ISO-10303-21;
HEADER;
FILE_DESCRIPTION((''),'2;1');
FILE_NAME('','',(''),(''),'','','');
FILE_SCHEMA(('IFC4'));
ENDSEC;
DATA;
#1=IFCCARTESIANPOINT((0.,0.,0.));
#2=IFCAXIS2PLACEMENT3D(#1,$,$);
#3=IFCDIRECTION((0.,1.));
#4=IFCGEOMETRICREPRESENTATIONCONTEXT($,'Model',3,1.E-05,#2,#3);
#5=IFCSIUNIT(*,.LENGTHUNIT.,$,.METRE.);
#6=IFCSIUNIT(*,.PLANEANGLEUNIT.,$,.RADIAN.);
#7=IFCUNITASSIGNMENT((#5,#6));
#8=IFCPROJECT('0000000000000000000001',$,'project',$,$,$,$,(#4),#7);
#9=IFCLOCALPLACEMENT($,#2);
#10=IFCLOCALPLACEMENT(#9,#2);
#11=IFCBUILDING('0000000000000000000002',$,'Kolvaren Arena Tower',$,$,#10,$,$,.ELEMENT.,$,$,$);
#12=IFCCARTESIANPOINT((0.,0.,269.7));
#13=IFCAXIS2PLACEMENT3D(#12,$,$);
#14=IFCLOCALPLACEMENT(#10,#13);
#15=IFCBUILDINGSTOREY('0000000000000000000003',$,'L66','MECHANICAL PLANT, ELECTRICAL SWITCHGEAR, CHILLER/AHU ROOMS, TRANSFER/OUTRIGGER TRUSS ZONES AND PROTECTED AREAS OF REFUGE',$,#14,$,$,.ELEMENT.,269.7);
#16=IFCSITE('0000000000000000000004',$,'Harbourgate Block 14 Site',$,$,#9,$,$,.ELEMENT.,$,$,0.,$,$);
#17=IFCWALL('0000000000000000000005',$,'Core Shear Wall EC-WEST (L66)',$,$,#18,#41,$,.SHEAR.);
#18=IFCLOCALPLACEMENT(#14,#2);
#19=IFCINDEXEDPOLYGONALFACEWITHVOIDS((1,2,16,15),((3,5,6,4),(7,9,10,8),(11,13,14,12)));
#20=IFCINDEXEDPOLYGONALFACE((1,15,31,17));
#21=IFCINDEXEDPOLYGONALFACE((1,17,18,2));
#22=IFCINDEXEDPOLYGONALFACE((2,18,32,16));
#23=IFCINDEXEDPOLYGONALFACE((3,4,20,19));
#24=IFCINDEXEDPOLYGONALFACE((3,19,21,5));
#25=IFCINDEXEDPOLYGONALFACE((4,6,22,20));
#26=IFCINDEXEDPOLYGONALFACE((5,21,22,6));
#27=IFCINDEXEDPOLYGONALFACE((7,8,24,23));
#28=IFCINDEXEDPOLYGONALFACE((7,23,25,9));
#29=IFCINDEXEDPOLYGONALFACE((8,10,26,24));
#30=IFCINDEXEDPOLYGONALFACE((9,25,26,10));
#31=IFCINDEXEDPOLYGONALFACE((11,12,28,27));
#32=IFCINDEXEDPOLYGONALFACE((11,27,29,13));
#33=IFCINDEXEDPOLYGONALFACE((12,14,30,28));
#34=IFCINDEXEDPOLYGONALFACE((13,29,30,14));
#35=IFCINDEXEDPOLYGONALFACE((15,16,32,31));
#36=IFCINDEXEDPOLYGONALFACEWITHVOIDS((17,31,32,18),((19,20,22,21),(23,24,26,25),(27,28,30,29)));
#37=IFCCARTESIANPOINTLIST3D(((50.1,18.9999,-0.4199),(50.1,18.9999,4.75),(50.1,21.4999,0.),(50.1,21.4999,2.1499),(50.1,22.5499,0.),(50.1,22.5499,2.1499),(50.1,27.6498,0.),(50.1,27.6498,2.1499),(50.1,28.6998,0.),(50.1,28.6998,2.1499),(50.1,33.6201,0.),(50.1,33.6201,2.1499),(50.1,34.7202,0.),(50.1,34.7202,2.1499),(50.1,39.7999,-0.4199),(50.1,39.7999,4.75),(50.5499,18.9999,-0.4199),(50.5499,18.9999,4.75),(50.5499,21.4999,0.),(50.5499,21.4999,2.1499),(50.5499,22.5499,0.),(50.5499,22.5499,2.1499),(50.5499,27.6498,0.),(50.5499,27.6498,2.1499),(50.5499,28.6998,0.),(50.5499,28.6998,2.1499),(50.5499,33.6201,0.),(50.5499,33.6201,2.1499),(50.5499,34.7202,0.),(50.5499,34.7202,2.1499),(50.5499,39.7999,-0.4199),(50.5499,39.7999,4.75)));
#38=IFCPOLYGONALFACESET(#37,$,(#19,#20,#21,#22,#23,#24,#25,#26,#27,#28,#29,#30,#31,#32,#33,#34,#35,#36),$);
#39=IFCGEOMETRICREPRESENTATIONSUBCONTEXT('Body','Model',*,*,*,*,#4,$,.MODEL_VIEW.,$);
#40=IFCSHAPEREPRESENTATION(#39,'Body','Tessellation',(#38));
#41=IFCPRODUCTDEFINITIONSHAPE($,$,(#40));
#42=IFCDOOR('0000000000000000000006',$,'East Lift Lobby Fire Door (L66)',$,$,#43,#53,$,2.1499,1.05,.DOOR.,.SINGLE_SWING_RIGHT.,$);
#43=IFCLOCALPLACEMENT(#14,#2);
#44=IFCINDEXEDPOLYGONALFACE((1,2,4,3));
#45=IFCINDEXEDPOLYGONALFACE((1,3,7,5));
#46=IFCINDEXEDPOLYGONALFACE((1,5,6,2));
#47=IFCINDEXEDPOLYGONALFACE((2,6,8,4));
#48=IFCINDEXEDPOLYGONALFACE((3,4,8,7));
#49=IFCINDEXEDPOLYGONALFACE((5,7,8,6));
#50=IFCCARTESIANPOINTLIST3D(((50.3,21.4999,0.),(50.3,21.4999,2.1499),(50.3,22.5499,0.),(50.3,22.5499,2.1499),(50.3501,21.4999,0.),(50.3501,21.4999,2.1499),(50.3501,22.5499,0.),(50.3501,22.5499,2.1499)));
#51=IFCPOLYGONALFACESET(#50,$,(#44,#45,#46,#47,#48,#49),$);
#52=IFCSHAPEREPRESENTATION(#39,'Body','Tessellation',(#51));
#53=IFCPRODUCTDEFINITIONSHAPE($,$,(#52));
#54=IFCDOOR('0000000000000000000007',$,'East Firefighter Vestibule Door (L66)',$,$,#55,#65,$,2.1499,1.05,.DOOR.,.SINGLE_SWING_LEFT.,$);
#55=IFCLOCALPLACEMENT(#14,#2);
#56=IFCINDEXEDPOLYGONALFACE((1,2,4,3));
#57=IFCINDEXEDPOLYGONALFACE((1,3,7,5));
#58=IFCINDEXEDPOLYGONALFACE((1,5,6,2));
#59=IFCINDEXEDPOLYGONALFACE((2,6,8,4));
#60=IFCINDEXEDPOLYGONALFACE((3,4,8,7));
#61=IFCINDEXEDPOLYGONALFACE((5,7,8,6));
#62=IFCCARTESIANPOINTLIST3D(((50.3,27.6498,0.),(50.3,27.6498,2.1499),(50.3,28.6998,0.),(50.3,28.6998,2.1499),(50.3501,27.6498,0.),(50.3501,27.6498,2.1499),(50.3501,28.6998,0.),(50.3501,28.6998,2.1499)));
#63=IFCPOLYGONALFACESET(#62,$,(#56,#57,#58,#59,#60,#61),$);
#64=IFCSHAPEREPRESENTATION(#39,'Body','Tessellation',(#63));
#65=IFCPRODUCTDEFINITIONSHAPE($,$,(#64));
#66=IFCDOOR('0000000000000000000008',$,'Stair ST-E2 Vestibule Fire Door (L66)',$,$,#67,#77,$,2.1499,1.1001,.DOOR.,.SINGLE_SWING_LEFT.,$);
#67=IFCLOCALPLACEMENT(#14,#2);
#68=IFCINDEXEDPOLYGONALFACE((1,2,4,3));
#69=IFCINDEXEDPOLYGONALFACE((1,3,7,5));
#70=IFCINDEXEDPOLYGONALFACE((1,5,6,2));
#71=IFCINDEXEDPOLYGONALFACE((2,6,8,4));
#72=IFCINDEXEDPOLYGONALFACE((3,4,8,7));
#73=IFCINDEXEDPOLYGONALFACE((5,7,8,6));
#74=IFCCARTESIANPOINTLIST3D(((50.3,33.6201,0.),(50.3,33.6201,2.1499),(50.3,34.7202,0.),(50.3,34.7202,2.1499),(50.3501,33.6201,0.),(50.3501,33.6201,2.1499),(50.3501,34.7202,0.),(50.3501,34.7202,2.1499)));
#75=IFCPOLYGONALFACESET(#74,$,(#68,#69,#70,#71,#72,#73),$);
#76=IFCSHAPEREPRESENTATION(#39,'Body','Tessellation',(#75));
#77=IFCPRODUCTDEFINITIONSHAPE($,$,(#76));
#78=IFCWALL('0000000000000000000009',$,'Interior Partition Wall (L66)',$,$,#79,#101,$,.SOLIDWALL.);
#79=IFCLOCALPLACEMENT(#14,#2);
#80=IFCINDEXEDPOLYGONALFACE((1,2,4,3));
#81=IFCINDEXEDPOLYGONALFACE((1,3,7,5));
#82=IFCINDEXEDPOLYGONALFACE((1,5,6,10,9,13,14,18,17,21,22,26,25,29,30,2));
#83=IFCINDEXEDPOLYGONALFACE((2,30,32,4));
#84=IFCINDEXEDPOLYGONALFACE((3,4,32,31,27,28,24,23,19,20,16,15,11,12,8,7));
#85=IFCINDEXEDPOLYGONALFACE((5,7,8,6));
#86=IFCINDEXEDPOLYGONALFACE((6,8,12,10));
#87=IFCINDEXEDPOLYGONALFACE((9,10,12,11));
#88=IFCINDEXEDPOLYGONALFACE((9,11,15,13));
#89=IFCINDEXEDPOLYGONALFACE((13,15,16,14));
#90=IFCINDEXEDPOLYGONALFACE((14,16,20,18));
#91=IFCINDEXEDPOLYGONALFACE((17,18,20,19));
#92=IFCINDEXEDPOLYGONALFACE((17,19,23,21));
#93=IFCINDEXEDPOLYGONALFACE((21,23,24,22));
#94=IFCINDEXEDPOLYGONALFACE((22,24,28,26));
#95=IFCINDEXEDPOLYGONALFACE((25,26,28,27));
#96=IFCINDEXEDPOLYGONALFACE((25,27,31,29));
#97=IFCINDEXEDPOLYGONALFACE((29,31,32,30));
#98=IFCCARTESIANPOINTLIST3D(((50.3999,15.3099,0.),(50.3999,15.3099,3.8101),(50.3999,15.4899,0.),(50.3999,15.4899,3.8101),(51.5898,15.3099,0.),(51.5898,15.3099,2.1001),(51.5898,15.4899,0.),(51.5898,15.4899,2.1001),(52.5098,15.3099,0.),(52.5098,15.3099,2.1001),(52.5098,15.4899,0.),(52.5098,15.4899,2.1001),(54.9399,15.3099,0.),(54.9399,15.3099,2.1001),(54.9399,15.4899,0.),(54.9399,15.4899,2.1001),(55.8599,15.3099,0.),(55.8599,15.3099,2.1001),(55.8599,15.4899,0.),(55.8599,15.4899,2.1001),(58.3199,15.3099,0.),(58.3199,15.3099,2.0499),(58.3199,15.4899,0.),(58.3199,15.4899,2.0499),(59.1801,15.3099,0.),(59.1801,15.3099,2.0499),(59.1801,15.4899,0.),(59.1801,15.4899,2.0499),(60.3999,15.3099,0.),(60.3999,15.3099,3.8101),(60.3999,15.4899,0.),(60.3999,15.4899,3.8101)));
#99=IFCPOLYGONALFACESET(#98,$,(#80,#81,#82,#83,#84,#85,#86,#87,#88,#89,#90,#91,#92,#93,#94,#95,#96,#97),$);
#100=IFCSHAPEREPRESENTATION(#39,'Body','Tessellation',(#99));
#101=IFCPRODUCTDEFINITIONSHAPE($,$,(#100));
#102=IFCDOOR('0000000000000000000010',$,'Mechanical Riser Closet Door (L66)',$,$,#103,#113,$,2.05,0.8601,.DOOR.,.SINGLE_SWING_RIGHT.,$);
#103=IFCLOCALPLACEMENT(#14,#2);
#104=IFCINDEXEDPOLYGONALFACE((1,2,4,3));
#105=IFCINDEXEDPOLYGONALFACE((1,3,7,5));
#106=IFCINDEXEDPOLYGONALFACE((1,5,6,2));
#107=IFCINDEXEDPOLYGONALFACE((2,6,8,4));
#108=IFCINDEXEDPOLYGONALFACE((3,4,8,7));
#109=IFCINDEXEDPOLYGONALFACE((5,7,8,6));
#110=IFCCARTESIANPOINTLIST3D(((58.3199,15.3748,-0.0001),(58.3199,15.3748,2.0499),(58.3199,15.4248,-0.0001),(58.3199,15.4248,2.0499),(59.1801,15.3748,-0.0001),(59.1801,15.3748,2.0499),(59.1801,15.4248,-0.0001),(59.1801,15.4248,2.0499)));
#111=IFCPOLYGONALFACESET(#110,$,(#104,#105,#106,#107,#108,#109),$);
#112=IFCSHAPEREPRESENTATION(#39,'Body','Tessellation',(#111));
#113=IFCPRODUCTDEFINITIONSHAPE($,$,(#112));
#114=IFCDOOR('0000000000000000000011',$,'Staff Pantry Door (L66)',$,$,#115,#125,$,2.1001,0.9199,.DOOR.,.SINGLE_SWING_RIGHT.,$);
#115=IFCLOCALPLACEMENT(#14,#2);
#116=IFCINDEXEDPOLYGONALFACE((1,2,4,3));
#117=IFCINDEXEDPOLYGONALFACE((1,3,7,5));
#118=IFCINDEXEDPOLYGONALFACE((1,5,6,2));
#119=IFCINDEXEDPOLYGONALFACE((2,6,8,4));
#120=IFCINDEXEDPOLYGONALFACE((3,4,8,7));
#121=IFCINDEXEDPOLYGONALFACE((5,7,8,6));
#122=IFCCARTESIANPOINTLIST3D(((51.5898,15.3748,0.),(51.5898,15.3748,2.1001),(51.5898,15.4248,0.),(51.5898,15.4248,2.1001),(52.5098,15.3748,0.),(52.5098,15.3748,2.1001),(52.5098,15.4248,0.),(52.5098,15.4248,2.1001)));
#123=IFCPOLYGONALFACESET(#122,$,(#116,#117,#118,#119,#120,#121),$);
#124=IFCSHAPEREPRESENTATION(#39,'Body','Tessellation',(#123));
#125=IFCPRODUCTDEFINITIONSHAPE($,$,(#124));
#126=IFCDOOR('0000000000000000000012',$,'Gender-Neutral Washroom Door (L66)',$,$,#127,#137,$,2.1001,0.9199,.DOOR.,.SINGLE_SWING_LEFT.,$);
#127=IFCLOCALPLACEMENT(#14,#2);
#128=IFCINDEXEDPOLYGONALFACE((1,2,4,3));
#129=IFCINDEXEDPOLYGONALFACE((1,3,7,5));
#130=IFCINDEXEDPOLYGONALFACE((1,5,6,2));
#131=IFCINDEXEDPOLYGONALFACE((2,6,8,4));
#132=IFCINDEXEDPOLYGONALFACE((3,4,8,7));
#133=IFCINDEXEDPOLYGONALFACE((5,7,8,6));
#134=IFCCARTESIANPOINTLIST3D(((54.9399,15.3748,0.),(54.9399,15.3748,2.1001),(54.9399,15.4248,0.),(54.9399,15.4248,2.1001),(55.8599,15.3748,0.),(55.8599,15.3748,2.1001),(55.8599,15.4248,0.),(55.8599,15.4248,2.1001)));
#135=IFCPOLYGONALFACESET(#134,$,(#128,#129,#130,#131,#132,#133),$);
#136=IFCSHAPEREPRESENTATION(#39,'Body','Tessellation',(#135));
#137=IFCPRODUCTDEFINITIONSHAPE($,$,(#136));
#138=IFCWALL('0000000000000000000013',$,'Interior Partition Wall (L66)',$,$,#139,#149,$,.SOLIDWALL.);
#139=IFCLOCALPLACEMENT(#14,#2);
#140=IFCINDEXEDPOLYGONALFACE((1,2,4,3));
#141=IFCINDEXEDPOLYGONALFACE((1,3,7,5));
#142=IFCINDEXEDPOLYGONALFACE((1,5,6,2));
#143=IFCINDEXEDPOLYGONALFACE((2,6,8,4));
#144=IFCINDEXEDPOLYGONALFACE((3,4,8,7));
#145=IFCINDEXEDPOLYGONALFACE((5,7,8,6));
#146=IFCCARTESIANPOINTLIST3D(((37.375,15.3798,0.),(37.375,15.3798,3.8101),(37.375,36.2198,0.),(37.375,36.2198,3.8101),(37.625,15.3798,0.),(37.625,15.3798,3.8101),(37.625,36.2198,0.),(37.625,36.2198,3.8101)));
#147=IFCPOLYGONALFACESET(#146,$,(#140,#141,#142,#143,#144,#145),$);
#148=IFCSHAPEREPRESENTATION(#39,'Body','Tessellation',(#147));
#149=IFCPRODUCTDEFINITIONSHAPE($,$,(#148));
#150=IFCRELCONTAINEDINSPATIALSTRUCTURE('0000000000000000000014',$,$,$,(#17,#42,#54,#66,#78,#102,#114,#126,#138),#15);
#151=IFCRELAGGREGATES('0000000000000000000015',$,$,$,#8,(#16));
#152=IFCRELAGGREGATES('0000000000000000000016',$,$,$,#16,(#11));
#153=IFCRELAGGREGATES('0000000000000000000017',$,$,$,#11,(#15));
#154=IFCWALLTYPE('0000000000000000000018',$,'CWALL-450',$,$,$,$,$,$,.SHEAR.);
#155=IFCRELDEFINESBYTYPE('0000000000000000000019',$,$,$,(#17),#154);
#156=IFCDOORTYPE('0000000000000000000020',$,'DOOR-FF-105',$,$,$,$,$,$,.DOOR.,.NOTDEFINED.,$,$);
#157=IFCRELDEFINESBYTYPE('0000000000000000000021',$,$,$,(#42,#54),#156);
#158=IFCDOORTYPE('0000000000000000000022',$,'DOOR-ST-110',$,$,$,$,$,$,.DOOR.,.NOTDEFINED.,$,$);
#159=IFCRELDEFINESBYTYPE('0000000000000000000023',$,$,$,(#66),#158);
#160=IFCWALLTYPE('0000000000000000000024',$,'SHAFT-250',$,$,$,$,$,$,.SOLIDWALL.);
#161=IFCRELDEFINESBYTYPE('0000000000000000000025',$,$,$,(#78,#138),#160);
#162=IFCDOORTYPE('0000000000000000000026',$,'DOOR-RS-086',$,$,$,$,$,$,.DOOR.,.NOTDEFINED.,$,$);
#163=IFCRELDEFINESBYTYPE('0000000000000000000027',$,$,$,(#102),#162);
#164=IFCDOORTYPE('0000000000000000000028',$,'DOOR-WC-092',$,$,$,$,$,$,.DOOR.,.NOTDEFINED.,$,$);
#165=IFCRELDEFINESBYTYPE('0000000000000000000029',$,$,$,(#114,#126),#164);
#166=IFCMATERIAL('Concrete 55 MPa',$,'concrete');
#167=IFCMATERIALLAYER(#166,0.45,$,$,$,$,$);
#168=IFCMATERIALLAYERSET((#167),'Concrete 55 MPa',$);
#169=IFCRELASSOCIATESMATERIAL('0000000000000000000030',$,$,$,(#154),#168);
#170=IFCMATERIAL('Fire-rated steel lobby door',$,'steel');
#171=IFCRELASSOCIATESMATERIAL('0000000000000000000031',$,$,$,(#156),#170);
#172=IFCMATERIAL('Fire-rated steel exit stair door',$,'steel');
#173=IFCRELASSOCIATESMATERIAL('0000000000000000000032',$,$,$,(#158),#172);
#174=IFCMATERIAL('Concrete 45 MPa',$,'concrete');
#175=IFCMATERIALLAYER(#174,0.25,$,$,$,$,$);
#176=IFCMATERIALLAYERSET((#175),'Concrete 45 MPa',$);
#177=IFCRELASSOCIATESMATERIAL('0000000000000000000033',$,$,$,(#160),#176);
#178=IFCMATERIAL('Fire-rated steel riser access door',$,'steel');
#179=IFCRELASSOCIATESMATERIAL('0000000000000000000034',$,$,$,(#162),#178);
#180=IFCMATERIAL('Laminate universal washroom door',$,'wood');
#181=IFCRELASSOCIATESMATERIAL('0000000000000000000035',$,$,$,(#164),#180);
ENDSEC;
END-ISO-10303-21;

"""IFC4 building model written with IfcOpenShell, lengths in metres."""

from ifc_helpers import new_model, si_unit, direction, frame, frame_2d, origin, place, context, subcontext, project, spatial, rectangle, extrude, material, layer, layer_set, type_object, element, fill, save


model = new_model("IFC4")

# Units and contexts
model_context = context("Model", 3, precision=1e-05, world=origin(), true_north=direction((0.0, 1.0)))
body_context = subcontext(model_context, "Body", "Model", "MODEL_VIEW")
ifc_project = project(units=[si_unit("LENGTHUNIT", "METRE"), si_unit("PLANEANGLEUNIT", "RADIAN")], contexts=[model_context])

# Site, building, storey
site_placement = place(None, origin())
site = spatial("IfcSite", under=ifc_project, at=site_placement, Name="Harbourgate Block 14 Site", CompositionType="ELEMENT", RefElevation=0.0)
building_placement = place(site_placement, origin())
building = spatial("IfcBuilding", under=site, at=building_placement, Name="Kolvaren Arena Tower", CompositionType="ELEMENT")
storey_placement = place(building_placement, frame((0.0, 0.0, 269.7)))
storey = spatial("IfcBuildingStorey", under=building, at=storey_placement, Name="L66", Description="MECHANICAL PLANT, ELECTRICAL SWITCHGEAR, CHILLER/AHU ROOMS, TRANSFER/OUTRIGGER TRUSS ZONES AND PROTECTED AREAS OF REFUGE", CompositionType="ELEMENT", Elevation=269.7)

# Walls, openings, doors
ifc_material_1 = material(Name="Concrete 55 MPa", Category="concrete")
ifc_layer_1 = layer(ifc_material_1, 0.45)
ifc_layer_set_1 = layer_set([ifc_layer_1], Name="Concrete 55 MPa")
wall_type_1 = type_object("IfcWallType", Name="CWALL-450", PredefinedType="SHEAR", material=ifc_layer_set_1)
wall_1_placement = place(storey_placement, frame((50.325, 19.0, -0.4199), z_axis=(0.0, 0.0, 1.0), x_axis=(0.0, 1.0, 0.0)))
wall_1 = element("IfcWall", 1, at=wall_1_placement, inside=storey, type_object=wall_type_1, Name="Core Shear Wall EC-WEST (L66)", PredefinedType="SHEAR", context=body_context, shape_type="SweptSolid", body=[
    extrude(rectangle(XDim=20.8, YDim=0.45, at=frame_2d((10.3999, 0.0))), origin(), (0.0, 0.0, 1.0), 5.1699),
])
opening_1_placement = place(wall_1_placement, frame((2.5, 0.0, 0.4199)))
opening_1 = element("IfcOpeningElement", 2, at=opening_1_placement, cuts=wall_1, PredefinedType="OPENING", context=body_context, shape_type="SweptSolid", body=[
    extrude(rectangle(XDim=1.05, YDim=2.1499, at=frame_2d((0.5249, 1.075))), frame((0.0, 0.2349, 0.0), z_axis=(0.0, -1.0, 0.0), x_axis=(1.0, 0.0, 0.0)), (0.0, 0.0, 1.0), 0.47),
])
opening_2_placement = place(wall_1_placement, frame((8.6499, 0.0, 0.4199)))
opening_2 = element("IfcOpeningElement", 3, at=opening_2_placement, cuts=wall_1, PredefinedType="OPENING", context=body_context, shape_type="SweptSolid", body=[
    extrude(rectangle(XDim=1.05, YDim=2.1499, at=frame_2d((0.5249, 1.075))), frame((0.0, 0.2349, 0.0), z_axis=(0.0, -1.0, 0.0), x_axis=(1.0, 0.0, 0.0)), (0.0, 0.0, 1.0), 0.47),
])
opening_3_placement = place(wall_1_placement, frame((14.6201, 0.0, 0.4199)))
opening_3 = element("IfcOpeningElement", 4, at=opening_3_placement, cuts=wall_1, PredefinedType="OPENING", context=body_context, shape_type="SweptSolid", body=[
    extrude(rectangle(XDim=1.1001, YDim=2.1499, at=frame_2d((0.55, 1.075))), frame((0.0, 0.2349, 0.0), z_axis=(0.0, -1.0, 0.0), x_axis=(1.0, 0.0, 0.0)), (0.0, 0.0, 1.0), 0.47),
])
ifc_material_2 = material(Name="Fire-rated steel lobby door", Category="steel")
door_type_1 = type_object("IfcDoorType", Name="DOOR-FF-105", OperationType="NOTDEFINED", PredefinedType="DOOR", material=ifc_material_2)
door_1_placement = place(opening_1_placement, origin())
door_1 = element("IfcDoor", 5, at=door_1_placement, inside=storey, type_object=door_type_1, Name="East Lift Lobby Fire Door (L66)", OperationType="SINGLE_SWING_RIGHT", OverallHeight=2.1499, OverallWidth=1.05, PredefinedType="DOOR", context=body_context, shape_type="SweptSolid", body=[
    extrude(rectangle(XDim=1.05, YDim=2.1499, at=frame_2d((0.5249, 1.075))), frame((0.0, 0.0249, 0.0), z_axis=(0.0, -1.0, 0.0), x_axis=(1.0, 0.0, 0.0)), (0.0, 0.0, 1.0), 0.05),
])
fill(opening_1, door_1)
door_2_placement = place(opening_2_placement, origin())
door_2 = element("IfcDoor", 6, at=door_2_placement, inside=storey, type_object=door_type_1, Name="East Firefighter Vestibule Door (L66)", OperationType="SINGLE_SWING_LEFT", OverallHeight=2.1499, OverallWidth=1.05, PredefinedType="DOOR", context=body_context, shape_type="SweptSolid", body=[
    extrude(rectangle(XDim=1.05, YDim=2.1499, at=frame_2d((0.5249, 1.075))), frame((0.0, 0.0249, 0.0), z_axis=(0.0, -1.0, 0.0), x_axis=(1.0, 0.0, 0.0)), (0.0, 0.0, 1.0), 0.05),
])
fill(opening_2, door_2)
ifc_material_3 = material(Name="Fire-rated steel exit stair door", Category="steel")
door_type_2 = type_object("IfcDoorType", Name="DOOR-ST-110", OperationType="NOTDEFINED", PredefinedType="DOOR", material=ifc_material_3)
door_3_placement = place(opening_3_placement, origin())
door_3 = element("IfcDoor", 7, at=door_3_placement, inside=storey, type_object=door_type_2, Name="Stair ST-E2 Vestibule Fire Door (L66)", OperationType="SINGLE_SWING_LEFT", OverallHeight=2.1499, OverallWidth=1.1001, PredefinedType="DOOR", context=body_context, shape_type="SweptSolid", body=[
    extrude(rectangle(XDim=1.1001, YDim=2.1499, at=frame_2d((0.55, 1.075))), frame((0.0, 0.0249, 0.0), z_axis=(0.0, -1.0, 0.0), x_axis=(1.0, 0.0, 0.0)), (0.0, 0.0, 1.0), 0.05),
])
fill(opening_3, door_3)
ifc_material_4 = material(Name="Concrete 45 MPa", Category="concrete")
ifc_layer_2 = layer(ifc_material_4, 0.25)
ifc_layer_set_2 = layer_set([ifc_layer_2], Name="Concrete 45 MPa")
wall_type_2 = type_object("IfcWallType", Name="SHAFT-250", PredefinedType="SOLIDWALL", material=ifc_layer_set_2)
wall_2_placement = place(storey_placement, frame((50.3999, 15.3999, 0.0), z_axis=(0.0, 0.0, 1.0), x_axis=(1.0, 0.0, 0.0)))
wall_2 = element("IfcWall", 8, at=wall_2_placement, inside=storey, type_object=wall_type_2, Name="Interior Partition Wall (L66)", PredefinedType="SOLIDWALL", context=body_context, shape_type="SweptSolid", body=[
    extrude(rectangle(XDim=10.0, YDim=0.1799, at=frame_2d((5.0, 0.0))), origin(), (0.0, 0.0, 1.0), 3.8101),
])
opening_4_placement = place(wall_2_placement, frame((1.1899, 0.0, 0.0)))
opening_4 = element("IfcOpeningElement", 9, at=opening_4_placement, cuts=wall_2, PredefinedType="OPENING", context=body_context, shape_type="SweptSolid", body=[
    extrude(rectangle(XDim=0.9199, YDim=2.1001, at=frame_2d((0.46, 1.05))), frame((0.0, 0.0999, 0.0), z_axis=(0.0, -1.0, 0.0), x_axis=(1.0, 0.0, 0.0)), (0.0, 0.0, 1.0), 0.2),
])
opening_5_placement = place(wall_2_placement, frame((4.54, 0.0, 0.0)))
opening_5 = element("IfcOpeningElement", 10, at=opening_5_placement, cuts=wall_2, PredefinedType="OPENING", context=body_context, shape_type="SweptSolid", body=[
    extrude(rectangle(XDim=0.9199, YDim=2.1001, at=frame_2d((0.46, 1.05))), frame((0.0, 0.0999, 0.0), z_axis=(0.0, -1.0, 0.0), x_axis=(1.0, 0.0, 0.0)), (0.0, 0.0, 1.0), 0.2),
])
opening_6_placement = place(wall_2_placement, frame((7.9199, 0.0, 0.0)))
opening_6 = element("IfcOpeningElement", 11, at=opening_6_placement, cuts=wall_2, PredefinedType="OPENING", context=body_context, shape_type="SweptSolid", body=[
    extrude(rectangle(XDim=0.8601, YDim=2.05, at=frame_2d((0.4302, 1.0249))), frame((0.0, 0.0999, 0.0), z_axis=(0.0, -1.0, 0.0), x_axis=(1.0, 0.0, 0.0)), (0.0, 0.0, 1.0), 0.2),
])
ifc_material_5 = material(Name="Fire-rated steel riser access door", Category="steel")
door_type_3 = type_object("IfcDoorType", Name="DOOR-RS-086", OperationType="NOTDEFINED", PredefinedType="DOOR", material=ifc_material_5)
door_4_placement = place(opening_6_placement, origin())
door_4 = element("IfcDoor", 12, at=door_4_placement, inside=storey, type_object=door_type_3, Name="Mechanical Riser Closet Door (L66)", OperationType="SINGLE_SWING_RIGHT", OverallHeight=2.05, OverallWidth=0.8601, PredefinedType="DOOR", context=body_context, shape_type="SweptSolid", body=[
    extrude(rectangle(XDim=0.8601, YDim=2.05, at=frame_2d((0.4302, 1.0249))), frame((0.0, 0.0249, 0.0), z_axis=(0.0, -1.0, 0.0), x_axis=(1.0, 0.0, 0.0)), (0.0, 0.0, 1.0), 0.05),
])
fill(opening_6, door_4)
ifc_material_6 = material(Name="Laminate universal washroom door", Category="wood")
door_type_4 = type_object("IfcDoorType", Name="DOOR-WC-092", OperationType="NOTDEFINED", PredefinedType="DOOR", material=ifc_material_6)
door_5_placement = place(opening_4_placement, origin())
door_5 = element("IfcDoor", 13, at=door_5_placement, inside=storey, type_object=door_type_4, Name="Staff Pantry Door (L66)", OperationType="SINGLE_SWING_RIGHT", OverallHeight=2.1001, OverallWidth=0.9199, PredefinedType="DOOR", context=body_context, shape_type="SweptSolid", body=[
    extrude(rectangle(XDim=0.9199, YDim=2.1001, at=frame_2d((0.46, 1.05))), frame((0.0, 0.0249, 0.0), z_axis=(0.0, -1.0, 0.0), x_axis=(1.0, 0.0, 0.0)), (0.0, 0.0, 1.0), 0.05),
])
fill(opening_4, door_5)
door_6_placement = place(opening_5_placement, origin())
door_6 = element("IfcDoor", 14, at=door_6_placement, inside=storey, type_object=door_type_4, Name="Gender-Neutral Washroom Door (L66)", OperationType="SINGLE_SWING_LEFT", OverallHeight=2.1001, OverallWidth=0.9199, PredefinedType="DOOR", context=body_context, shape_type="SweptSolid", body=[
    extrude(rectangle(XDim=0.9199, YDim=2.1001, at=frame_2d((0.46, 1.05))), frame((0.0, 0.0249, 0.0), z_axis=(0.0, -1.0, 0.0), x_axis=(1.0, 0.0, 0.0)), (0.0, 0.0, 1.0), 0.05),
])
fill(opening_5, door_6)

# Wall
wall_3_placement = place(storey_placement, frame((37.5, 15.3799, 0.0), z_axis=(0.0, 0.0, 1.0), x_axis=(0.0, 1.0, 0.0)))
element("IfcWall", 15, at=wall_3_placement, inside=storey, type_object=wall_type_2, Name="Interior Partition Wall (L66)", PredefinedType="SOLIDWALL", context=body_context, shape_type="SweptSolid", body=[
    extrude(rectangle(XDim=20.8401, YDim=0.25, at=frame_2d((10.4199, 0.0))), origin(), (0.0, 0.0, 1.0), 3.8101),
])

save(model, "model.ifc")
